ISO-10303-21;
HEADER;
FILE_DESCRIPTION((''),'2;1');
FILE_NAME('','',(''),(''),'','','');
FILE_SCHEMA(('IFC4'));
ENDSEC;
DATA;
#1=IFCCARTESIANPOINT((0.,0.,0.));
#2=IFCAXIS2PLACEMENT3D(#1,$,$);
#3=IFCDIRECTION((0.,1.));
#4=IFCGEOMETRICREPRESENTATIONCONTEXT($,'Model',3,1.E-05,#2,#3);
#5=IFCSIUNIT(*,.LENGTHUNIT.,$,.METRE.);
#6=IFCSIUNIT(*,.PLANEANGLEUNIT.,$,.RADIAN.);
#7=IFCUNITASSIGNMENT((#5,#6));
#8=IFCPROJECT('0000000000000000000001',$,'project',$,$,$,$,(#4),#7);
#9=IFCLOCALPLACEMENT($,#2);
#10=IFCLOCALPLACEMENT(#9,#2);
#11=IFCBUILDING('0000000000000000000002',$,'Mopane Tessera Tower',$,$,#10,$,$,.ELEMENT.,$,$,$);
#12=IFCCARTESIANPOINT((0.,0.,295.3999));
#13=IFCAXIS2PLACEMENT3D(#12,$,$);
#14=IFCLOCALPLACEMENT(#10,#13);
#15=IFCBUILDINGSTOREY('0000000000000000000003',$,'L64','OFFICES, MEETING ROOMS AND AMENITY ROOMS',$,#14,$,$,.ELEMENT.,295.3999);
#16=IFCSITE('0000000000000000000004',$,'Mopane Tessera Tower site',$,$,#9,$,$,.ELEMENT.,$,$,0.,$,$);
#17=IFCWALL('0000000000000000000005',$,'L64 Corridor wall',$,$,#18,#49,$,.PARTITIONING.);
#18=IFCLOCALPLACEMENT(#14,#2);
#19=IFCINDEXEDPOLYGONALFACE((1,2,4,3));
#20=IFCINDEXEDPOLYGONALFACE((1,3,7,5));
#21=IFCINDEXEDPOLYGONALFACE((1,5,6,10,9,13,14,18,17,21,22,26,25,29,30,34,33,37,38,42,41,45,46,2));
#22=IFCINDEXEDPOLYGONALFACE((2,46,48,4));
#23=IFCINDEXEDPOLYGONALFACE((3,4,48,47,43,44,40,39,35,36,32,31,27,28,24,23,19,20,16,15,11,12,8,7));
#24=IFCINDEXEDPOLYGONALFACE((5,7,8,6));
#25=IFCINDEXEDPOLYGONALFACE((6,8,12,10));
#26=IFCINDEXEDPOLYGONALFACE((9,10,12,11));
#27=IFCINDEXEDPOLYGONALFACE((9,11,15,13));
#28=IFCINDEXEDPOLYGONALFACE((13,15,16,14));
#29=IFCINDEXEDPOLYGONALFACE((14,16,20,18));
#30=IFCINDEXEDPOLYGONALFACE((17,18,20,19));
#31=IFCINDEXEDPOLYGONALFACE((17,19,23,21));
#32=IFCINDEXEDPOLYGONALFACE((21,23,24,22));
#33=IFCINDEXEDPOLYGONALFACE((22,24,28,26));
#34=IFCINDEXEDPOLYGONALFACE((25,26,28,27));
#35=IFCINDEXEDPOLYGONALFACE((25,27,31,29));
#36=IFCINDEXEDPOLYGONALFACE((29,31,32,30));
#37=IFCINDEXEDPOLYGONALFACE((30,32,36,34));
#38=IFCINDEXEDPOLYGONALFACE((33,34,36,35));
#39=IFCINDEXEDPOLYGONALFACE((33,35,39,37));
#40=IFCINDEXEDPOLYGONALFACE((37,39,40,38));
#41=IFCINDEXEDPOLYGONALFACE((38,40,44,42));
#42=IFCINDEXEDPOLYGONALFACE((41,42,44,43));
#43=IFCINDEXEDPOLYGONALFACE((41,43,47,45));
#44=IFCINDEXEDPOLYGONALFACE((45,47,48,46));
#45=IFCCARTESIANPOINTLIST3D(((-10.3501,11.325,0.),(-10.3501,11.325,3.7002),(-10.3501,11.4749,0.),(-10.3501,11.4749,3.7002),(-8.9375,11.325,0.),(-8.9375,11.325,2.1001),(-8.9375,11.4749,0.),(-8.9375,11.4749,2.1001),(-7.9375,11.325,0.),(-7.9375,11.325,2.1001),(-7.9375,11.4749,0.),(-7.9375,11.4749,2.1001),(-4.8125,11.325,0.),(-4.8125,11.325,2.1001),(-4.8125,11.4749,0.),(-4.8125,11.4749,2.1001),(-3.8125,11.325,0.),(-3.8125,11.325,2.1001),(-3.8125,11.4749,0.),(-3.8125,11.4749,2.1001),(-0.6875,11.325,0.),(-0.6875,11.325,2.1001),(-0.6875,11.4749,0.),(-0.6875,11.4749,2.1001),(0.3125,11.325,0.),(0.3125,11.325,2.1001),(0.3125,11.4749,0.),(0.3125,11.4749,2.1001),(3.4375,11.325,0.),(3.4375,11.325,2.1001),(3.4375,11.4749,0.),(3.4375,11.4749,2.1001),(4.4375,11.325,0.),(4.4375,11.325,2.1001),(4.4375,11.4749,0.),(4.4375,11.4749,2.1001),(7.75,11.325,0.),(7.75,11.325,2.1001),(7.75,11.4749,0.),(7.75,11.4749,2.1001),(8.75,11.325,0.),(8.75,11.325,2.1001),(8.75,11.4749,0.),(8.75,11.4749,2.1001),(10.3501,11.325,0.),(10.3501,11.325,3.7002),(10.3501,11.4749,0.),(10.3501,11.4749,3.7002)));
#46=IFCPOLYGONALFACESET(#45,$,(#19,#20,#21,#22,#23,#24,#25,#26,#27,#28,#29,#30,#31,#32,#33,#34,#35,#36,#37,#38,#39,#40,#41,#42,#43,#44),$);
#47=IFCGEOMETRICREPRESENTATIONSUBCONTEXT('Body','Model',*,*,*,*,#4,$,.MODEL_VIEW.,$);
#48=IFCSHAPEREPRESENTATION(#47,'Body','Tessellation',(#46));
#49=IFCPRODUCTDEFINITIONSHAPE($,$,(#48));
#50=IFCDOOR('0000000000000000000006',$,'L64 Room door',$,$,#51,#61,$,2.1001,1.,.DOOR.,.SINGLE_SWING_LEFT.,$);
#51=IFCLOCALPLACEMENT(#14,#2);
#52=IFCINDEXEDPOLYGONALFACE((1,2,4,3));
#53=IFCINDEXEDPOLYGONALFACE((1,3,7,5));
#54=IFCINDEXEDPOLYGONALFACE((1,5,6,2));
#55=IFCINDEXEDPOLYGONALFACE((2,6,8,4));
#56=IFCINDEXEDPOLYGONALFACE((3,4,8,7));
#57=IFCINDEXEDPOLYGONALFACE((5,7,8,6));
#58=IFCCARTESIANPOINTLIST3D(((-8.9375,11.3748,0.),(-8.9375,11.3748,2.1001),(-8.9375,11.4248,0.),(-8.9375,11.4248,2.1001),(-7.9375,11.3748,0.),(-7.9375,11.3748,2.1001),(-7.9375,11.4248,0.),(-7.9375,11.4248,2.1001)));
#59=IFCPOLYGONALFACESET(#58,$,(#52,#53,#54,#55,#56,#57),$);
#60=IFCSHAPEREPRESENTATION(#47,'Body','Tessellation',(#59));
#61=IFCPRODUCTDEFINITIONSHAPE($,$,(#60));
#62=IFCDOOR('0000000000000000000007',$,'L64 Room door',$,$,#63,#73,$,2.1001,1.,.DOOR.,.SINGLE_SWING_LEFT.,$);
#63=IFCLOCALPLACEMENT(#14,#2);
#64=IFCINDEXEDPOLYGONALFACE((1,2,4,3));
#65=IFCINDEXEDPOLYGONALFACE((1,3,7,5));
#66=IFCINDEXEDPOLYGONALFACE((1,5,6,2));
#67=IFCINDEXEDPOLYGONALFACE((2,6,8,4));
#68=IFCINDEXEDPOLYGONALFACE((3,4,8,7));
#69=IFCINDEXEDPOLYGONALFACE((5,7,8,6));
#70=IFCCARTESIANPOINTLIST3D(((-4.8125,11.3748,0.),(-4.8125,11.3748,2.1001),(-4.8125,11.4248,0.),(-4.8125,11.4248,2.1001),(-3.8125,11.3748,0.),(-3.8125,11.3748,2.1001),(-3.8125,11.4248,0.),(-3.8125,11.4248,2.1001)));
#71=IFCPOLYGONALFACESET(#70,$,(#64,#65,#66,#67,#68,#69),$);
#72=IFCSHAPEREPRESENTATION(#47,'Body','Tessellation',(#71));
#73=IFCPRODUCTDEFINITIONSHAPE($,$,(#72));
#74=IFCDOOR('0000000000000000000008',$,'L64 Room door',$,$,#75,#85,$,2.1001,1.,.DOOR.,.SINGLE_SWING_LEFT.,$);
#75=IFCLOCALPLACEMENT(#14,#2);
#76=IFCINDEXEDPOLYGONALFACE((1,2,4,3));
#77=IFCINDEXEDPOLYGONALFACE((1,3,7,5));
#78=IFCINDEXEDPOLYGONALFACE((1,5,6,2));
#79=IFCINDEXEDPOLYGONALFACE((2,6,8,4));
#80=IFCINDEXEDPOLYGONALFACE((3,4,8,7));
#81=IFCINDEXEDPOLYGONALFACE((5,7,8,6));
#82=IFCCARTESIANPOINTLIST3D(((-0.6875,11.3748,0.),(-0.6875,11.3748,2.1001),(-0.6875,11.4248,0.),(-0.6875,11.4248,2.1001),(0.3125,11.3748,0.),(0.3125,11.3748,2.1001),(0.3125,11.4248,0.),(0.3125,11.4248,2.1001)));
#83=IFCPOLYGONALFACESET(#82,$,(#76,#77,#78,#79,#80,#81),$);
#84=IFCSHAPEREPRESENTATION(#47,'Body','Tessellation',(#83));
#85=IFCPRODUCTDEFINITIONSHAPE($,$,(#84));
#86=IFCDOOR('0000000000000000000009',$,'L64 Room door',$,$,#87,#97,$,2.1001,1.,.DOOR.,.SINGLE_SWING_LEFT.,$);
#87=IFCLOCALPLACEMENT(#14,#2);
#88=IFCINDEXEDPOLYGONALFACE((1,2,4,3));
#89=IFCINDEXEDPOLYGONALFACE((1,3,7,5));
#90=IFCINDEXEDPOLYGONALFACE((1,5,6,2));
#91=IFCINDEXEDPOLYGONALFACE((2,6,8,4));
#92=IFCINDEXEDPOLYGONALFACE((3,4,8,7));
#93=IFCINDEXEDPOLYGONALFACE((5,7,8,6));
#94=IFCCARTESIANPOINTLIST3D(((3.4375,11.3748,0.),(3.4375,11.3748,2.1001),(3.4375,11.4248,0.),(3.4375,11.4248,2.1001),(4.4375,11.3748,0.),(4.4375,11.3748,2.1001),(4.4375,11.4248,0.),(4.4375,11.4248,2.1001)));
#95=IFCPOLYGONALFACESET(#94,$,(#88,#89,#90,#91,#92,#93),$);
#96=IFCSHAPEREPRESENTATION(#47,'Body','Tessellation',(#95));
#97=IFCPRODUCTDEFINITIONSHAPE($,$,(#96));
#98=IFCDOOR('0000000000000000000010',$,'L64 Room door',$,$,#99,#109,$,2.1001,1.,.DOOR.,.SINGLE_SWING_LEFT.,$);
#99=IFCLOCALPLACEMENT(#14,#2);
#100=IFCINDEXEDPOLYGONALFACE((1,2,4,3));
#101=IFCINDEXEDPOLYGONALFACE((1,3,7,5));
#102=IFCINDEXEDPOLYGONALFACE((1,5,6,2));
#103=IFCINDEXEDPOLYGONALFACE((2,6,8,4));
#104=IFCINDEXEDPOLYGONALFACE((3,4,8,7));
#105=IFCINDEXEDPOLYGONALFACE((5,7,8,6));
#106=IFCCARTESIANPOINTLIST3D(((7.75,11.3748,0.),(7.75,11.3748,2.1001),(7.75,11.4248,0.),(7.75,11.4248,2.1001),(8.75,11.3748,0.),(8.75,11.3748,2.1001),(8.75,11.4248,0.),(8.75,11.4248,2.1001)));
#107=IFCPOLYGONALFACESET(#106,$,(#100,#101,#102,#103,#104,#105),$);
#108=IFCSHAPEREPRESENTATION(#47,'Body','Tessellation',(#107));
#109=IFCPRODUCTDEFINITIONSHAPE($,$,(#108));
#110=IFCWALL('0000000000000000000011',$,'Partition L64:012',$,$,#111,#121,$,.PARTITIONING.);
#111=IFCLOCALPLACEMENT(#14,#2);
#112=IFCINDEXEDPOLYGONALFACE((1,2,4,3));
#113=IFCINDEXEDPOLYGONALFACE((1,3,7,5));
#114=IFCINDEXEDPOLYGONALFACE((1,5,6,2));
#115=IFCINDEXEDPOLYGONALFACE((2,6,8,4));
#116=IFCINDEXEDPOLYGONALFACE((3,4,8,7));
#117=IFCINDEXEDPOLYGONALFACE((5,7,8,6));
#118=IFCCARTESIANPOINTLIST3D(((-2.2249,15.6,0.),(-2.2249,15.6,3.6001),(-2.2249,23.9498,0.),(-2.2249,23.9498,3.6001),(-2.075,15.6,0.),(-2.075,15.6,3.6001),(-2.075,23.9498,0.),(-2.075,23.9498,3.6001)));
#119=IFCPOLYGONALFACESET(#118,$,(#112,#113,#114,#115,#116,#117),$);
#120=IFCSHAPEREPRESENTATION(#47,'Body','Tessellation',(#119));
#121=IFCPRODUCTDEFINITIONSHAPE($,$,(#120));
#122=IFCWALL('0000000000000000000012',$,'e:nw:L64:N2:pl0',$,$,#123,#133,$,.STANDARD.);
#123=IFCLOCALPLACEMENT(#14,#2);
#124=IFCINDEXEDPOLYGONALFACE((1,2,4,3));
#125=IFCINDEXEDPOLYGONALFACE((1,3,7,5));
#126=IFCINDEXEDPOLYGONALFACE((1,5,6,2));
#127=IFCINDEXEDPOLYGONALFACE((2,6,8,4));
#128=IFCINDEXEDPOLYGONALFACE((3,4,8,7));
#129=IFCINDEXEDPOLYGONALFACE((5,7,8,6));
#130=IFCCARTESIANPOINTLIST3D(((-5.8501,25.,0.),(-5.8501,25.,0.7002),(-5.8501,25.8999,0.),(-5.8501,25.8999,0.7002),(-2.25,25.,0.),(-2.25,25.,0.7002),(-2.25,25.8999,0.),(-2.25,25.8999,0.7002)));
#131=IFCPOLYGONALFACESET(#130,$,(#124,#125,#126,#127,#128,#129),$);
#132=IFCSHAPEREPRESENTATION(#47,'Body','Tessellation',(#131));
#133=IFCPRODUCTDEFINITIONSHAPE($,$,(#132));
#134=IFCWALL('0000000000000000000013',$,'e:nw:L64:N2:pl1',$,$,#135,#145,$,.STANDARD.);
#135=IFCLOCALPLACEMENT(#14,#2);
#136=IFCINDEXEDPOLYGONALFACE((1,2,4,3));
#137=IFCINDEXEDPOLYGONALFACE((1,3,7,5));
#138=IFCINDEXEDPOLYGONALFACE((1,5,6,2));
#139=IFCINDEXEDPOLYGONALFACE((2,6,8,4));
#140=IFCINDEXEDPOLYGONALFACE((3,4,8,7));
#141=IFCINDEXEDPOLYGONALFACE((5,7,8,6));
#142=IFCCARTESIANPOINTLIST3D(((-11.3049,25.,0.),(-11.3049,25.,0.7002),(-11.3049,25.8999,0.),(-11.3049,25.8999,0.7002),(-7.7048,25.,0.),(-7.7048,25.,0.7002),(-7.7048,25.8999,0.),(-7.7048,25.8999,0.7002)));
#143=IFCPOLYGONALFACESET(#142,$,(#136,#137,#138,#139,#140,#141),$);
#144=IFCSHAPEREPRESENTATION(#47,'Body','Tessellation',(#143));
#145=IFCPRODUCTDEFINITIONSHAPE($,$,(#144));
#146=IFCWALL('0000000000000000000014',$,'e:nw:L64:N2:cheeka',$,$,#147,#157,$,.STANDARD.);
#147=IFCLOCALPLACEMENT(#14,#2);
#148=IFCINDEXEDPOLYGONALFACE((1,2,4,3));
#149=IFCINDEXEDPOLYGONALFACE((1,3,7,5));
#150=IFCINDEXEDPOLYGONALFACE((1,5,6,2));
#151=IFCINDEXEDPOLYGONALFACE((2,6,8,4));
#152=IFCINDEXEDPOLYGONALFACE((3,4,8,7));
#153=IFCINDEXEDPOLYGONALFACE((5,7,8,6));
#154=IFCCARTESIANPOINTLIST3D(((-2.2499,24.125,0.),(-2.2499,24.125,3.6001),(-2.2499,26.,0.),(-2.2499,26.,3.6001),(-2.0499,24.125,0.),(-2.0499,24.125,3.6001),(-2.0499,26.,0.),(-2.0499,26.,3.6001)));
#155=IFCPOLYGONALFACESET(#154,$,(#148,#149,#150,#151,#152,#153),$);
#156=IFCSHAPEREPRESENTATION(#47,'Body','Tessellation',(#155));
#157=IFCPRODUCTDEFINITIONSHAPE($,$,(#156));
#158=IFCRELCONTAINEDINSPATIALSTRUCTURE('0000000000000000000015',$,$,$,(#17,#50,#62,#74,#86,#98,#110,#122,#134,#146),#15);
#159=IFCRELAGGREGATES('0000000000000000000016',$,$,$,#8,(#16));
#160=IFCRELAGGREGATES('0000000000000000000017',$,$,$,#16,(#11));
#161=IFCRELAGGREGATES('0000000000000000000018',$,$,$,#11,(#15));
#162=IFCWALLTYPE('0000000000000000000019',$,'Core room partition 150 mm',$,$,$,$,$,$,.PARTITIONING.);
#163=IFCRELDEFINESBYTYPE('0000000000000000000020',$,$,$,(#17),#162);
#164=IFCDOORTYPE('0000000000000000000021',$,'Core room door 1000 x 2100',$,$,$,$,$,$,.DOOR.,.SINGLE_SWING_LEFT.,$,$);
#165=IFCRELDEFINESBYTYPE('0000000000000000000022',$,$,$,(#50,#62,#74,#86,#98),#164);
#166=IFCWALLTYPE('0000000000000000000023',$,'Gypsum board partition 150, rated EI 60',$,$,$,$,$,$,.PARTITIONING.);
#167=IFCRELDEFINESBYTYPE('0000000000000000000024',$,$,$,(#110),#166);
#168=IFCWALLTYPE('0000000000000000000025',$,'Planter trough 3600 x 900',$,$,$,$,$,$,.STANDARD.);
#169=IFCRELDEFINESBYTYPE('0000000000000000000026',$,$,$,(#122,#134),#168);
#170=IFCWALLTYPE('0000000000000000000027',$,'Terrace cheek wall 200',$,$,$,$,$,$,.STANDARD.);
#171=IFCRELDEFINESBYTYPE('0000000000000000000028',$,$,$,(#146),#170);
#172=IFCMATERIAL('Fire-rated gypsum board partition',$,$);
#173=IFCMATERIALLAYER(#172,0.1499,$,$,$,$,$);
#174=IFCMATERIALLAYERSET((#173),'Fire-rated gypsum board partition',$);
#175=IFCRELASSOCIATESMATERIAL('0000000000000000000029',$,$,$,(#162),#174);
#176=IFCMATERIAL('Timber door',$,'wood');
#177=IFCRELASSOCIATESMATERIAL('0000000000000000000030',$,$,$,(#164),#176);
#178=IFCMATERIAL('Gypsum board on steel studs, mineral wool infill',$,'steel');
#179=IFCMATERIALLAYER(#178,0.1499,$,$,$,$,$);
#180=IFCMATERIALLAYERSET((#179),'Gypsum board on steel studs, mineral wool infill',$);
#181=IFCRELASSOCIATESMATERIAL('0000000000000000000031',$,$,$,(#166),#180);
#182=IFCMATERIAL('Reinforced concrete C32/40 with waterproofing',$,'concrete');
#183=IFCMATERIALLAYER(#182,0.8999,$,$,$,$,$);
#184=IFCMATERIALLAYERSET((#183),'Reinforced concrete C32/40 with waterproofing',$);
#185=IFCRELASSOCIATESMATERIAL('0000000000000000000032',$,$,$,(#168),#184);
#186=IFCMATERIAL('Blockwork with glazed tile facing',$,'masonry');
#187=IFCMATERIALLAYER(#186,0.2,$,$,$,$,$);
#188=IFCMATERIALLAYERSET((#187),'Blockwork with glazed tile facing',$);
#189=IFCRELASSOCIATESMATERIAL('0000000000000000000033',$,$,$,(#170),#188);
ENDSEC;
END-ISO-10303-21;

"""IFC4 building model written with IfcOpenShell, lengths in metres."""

from ifc_helpers import new_model, si_unit, direction, frame, frame_2d, origin, place, context, subcontext, project, spatial, rectangle, extrude, material, layer, layer_set, type_object, element, fill, save


model = new_model("IFC4")

# Units and contexts
model_context = context("Model", 3, precision=1e-05, world=origin(), true_north=direction((0.0, 1.0)))
body_context = subcontext(model_context, "Body", "Model", "MODEL_VIEW")
ifc_project = project(units=[si_unit("LENGTHUNIT", "METRE"), si_unit("PLANEANGLEUNIT", "RADIAN")], contexts=[model_context])

# Site, building, storey
site_placement = place(None, origin())
site = spatial("IfcSite", under=ifc_project, at=site_placement, Name="Mopane Tessera Tower site", CompositionType="ELEMENT", RefElevation=0.0)
building_placement = place(site_placement, origin())
building = spatial("IfcBuilding", under=site, at=building_placement, Name="Mopane Tessera Tower", CompositionType="ELEMENT")
storey_placement = place(building_placement, frame((0.0, 0.0, 295.3999)))
storey = spatial("IfcBuildingStorey", under=building, at=storey_placement, Name="L64", Description="OFFICES, MEETING ROOMS AND AMENITY ROOMS", CompositionType="ELEMENT", Elevation=295.3999)

# Shared definitions
ifc_material_1 = material(Name="Fire-rated gypsum board partition")
ifc_layer_1 = layer(ifc_material_1, 0.1499)
ifc_layer_set_1 = layer_set([ifc_layer_1], Name="Fire-rated gypsum board partition")
wall_type_1 = type_object("IfcWallType", Name="Core room partition 150 mm", PredefinedType="PARTITIONING", material=ifc_layer_set_1)

# Wall, openings, doors
wall_1_placement = place(storey_placement, frame((-10.3501, 11.3999, 0.0), z_axis=(0.0, 0.0, 1.0), x_axis=(1.0, 0.0, 0.0)))
wall_1 = element("IfcWall", 1, at=wall_1_placement, inside=storey, type_object=wall_type_1, Name="L64 Corridor wall", PredefinedType="PARTITIONING", context=body_context, shape_type="SweptSolid", body=[
    extrude(rectangle(XDim=20.7002, YDim=0.1499, at=frame_2d((10.3501, 0.0))), origin(), (0.0, 0.0, 1.0), 3.7002),
])
opening_1_placement = place(wall_1_placement, frame((1.4126, 0.0, 0.0)))
opening_1 = element("IfcOpeningElement", 2, at=opening_1_placement, cuts=wall_1, PredefinedType="OPENING", context=body_context, shape_type="SweptSolid", body=[
    extrude(rectangle(XDim=1.0, YDim=2.1001, at=frame_2d((0.5, 1.05))), frame((0.0, 0.0869, 0.0), z_axis=(0.0, -1.0, 0.0), x_axis=(1.0, 0.0, 0.0)), (0.0, 0.0, 1.0), 0.1738),
])
opening_2_placement = place(wall_1_placement, frame((5.5376, 0.0, 0.0)))
opening_2 = element("IfcOpeningElement", 3, at=opening_2_placement, cuts=wall_1, PredefinedType="OPENING", context=body_context, shape_type="SweptSolid", body=[
    extrude(rectangle(XDim=1.0, YDim=2.1001, at=frame_2d((0.5, 1.05))), frame((0.0, 0.0869, 0.0), z_axis=(0.0, -1.0, 0.0), x_axis=(1.0, 0.0, 0.0)), (0.0, 0.0, 1.0), 0.1738),
])
opening_3_placement = place(wall_1_placement, frame((9.6626, 0.0, 0.0)))
opening_3 = element("IfcOpeningElement", 4, at=opening_3_placement, cuts=wall_1, PredefinedType="OPENING", context=body_context, shape_type="SweptSolid", body=[
    extrude(rectangle(XDim=1.0, YDim=2.1001, at=frame_2d((0.5, 1.05))), frame((0.0, 0.0869, 0.0), z_axis=(0.0, -1.0, 0.0), x_axis=(1.0, 0.0, 0.0)), (0.0, 0.0, 1.0), 0.1738),
])
opening_4_placement = place(wall_1_placement, frame((13.7876, 0.0, 0.0)))
opening_4 = element("IfcOpeningElement", 5, at=opening_4_placement, cuts=wall_1, PredefinedType="OPENING", context=body_context, shape_type="SweptSolid", body=[
    extrude(rectangle(XDim=1.0, YDim=2.1001, at=frame_2d((0.5, 1.05))), frame((0.0, 0.0869, 0.0), z_axis=(0.0, -1.0, 0.0), x_axis=(1.0, 0.0, 0.0)), (0.0, 0.0, 1.0), 0.1738),
])
opening_5_placement = place(wall_1_placement, frame((18.1001, 0.0, 0.0)))
opening_5 = element("IfcOpeningElement", 6, at=opening_5_placement, cuts=wall_1, PredefinedType="OPENING", context=body_context, shape_type="SweptSolid", body=[
    extrude(rectangle(XDim=1.0, YDim=2.1001, at=frame_2d((0.5, 1.05))), frame((0.0, 0.0869, 0.0), z_axis=(0.0, -1.0, 0.0), x_axis=(1.0, 0.0, 0.0)), (0.0, 0.0, 1.0), 0.1738),
])
ifc_material_2 = material(Name="Timber door", Category="wood")
door_type_1 = type_object("IfcDoorType", Name="Core room door 1000 x 2100", OperationType="SINGLE_SWING_LEFT", PredefinedType="DOOR", material=ifc_material_2)
door_1_placement = place(opening_1_placement, origin())
door_1 = element("IfcDoor", 7, at=door_1_placement, inside=storey, type_object=door_type_1, Name="L64 Room door", OperationType="SINGLE_SWING_LEFT", OverallHeight=2.1001, OverallWidth=1.0, PredefinedType="DOOR", context=body_context, shape_type="SweptSolid", body=[
    extrude(rectangle(XDim=1.0, YDim=2.1001, at=frame_2d((0.5, 1.05))), frame((0.0, 0.0249, 0.0), z_axis=(0.0, -1.0, 0.0), x_axis=(1.0, 0.0, 0.0)), (0.0, 0.0, 1.0), 0.05),
])
fill(opening_1, door_1)
door_2_placement = place(opening_2_placement, origin())
door_2 = element("IfcDoor", 8, at=door_2_placement, inside=storey, type_object=door_type_1, Name="L64 Room door", OperationType="SINGLE_SWING_LEFT", OverallHeight=2.1001, OverallWidth=1.0, PredefinedType="DOOR", context=body_context, shape_type="SweptSolid", body=[
    extrude(rectangle(XDim=1.0, YDim=2.1001, at=frame_2d((0.5, 1.05))), frame((0.0, 0.0249, 0.0), z_axis=(0.0, -1.0, 0.0), x_axis=(1.0, 0.0, 0.0)), (0.0, 0.0, 1.0), 0.05),
])
fill(opening_2, door_2)
door_3_placement = place(opening_3_placement, origin())
door_3 = element("IfcDoor", 9, at=door_3_placement, inside=storey, type_object=door_type_1, Name="L64 Room door", OperationType="SINGLE_SWING_LEFT", OverallHeight=2.1001, OverallWidth=1.0, PredefinedType="DOOR", context=body_context, shape_type="SweptSolid", body=[
    extrude(rectangle(XDim=1.0, YDim=2.1001, at=frame_2d((0.5, 1.05))), frame((0.0, 0.0249, 0.0), z_axis=(0.0, -1.0, 0.0), x_axis=(1.0, 0.0, 0.0)), (0.0, 0.0, 1.0), 0.05),
])
fill(opening_3, door_3)
door_4_placement = place(opening_4_placement, origin())
door_4 = element("IfcDoor", 10, at=door_4_placement, inside=storey, type_object=door_type_1, Name="L64 Room door", OperationType="SINGLE_SWING_LEFT", OverallHeight=2.1001, OverallWidth=1.0, PredefinedType="DOOR", context=body_context, shape_type="SweptSolid", body=[
    extrude(rectangle(XDim=1.0, YDim=2.1001, at=frame_2d((0.5, 1.05))), frame((0.0, 0.0249, 0.0), z_axis=(0.0, -1.0, 0.0), x_axis=(1.0, 0.0, 0.0)), (0.0, 0.0, 1.0), 0.05),
])
fill(opening_4, door_4)
door_5_placement = place(opening_5_placement, origin())
door_5 = element("IfcDoor", 11, at=door_5_placement, inside=storey, type_object=door_type_1, Name="L64 Room door", OperationType="SINGLE_SWING_LEFT", OverallHeight=2.1001, OverallWidth=1.0, PredefinedType="DOOR", context=body_context, shape_type="SweptSolid", body=[
    extrude(rectangle(XDim=1.0, YDim=2.1001, at=frame_2d((0.5, 1.05))), frame((0.0, 0.0249, 0.0), z_axis=(0.0, -1.0, 0.0), x_axis=(1.0, 0.0, 0.0)), (0.0, 0.0, 1.0), 0.05),
])
fill(opening_5, door_5)

# Walls
ifc_material_3 = material(Name="Gypsum board on steel studs, mineral wool infill", Category="steel")
ifc_layer_2 = layer(ifc_material_3, 0.1499)
ifc_layer_set_2 = layer_set([ifc_layer_2], Name="Gypsum board on steel studs, mineral wool infill")
wall_type_2 = type_object("IfcWallType", Name="Gypsum board partition 150, rated EI 60", PredefinedType="PARTITIONING", material=ifc_layer_set_2)
wall_2_placement = place(storey_placement, frame((-2.1499, 15.6001, 0.0), z_axis=(0.0, 0.0, 1.0), x_axis=(0.0, 1.0, 0.0)))
element("IfcWall", 12, at=wall_2_placement, inside=storey, type_object=wall_type_2, Name="Partition L64:012", PredefinedType="PARTITIONING", context=body_context, shape_type="SweptSolid", body=[
    extrude(rectangle(XDim=8.3499, YDim=0.1499, at=frame_2d((4.1748, 0.0))), origin(), (0.0, 0.0, 1.0), 3.6001),
])
ifc_material_4 = material(Name="Reinforced concrete C32/40 with waterproofing", Category="concrete")
ifc_layer_3 = layer(ifc_material_4, 0.8999)
ifc_layer_set_3 = layer_set([ifc_layer_3], Name="Reinforced concrete C32/40 with waterproofing")
wall_type_3 = type_object("IfcWallType", Name="Planter trough 3600 x 900", PredefinedType="STANDARD", material=ifc_layer_set_3)
for number, where, z_axis, x_axis, name in (
    (13, (-2.25, 25.45, 0.0), (0.0, 0.0, 1.0), (-1.0, 0.0, 0.0), "e:nw:L64:N2:pl0"),
    (14, (-7.7048, 25.45, 0.0), (0.0, 0.0, 1.0), (-1.0, 0.0, 0.0), "e:nw:L64:N2:pl1"),
):
    element("IfcWall", number, at=place(storey_placement, frame(where, z_axis=z_axis, x_axis=x_axis)), inside=storey, type_object=wall_type_3, Name=name, PredefinedType="STANDARD", context=body_context, shape_type="SweptSolid", body=[
        extrude(rectangle(XDim=3.6001, YDim=0.8999, at=frame_2d((1.8, 0.0))), origin(), (0.0, 0.0, 1.0), 0.7002),
    ])
ifc_material_5 = material(Name="Blockwork with glazed tile facing", Category="masonry")
ifc_layer_4 = layer(ifc_material_5, 0.2)
ifc_layer_set_4 = layer_set([ifc_layer_4], Name="Blockwork with glazed tile facing")
wall_type_4 = type_object("IfcWallType", Name="Terrace cheek wall 200", PredefinedType="STANDARD", material=ifc_layer_set_4)
wall_3_placement = place(storey_placement, frame((-2.1499, 26.0, 0.0), z_axis=(0.0, 0.0, 1.0), x_axis=(0.0, -1.0, 0.0)))
element("IfcWall", 15, at=wall_3_placement, inside=storey, type_object=wall_type_4, Name="e:nw:L64:N2:cheeka", PredefinedType="STANDARD", context=body_context, shape_type="SweptSolid", body=[
    extrude(rectangle(XDim=1.875, YDim=0.2, at=frame_2d((0.9375, 0.0))), origin(), (0.0, 0.0, 1.0), 3.6001),
])

save(model, "model.ifc")
